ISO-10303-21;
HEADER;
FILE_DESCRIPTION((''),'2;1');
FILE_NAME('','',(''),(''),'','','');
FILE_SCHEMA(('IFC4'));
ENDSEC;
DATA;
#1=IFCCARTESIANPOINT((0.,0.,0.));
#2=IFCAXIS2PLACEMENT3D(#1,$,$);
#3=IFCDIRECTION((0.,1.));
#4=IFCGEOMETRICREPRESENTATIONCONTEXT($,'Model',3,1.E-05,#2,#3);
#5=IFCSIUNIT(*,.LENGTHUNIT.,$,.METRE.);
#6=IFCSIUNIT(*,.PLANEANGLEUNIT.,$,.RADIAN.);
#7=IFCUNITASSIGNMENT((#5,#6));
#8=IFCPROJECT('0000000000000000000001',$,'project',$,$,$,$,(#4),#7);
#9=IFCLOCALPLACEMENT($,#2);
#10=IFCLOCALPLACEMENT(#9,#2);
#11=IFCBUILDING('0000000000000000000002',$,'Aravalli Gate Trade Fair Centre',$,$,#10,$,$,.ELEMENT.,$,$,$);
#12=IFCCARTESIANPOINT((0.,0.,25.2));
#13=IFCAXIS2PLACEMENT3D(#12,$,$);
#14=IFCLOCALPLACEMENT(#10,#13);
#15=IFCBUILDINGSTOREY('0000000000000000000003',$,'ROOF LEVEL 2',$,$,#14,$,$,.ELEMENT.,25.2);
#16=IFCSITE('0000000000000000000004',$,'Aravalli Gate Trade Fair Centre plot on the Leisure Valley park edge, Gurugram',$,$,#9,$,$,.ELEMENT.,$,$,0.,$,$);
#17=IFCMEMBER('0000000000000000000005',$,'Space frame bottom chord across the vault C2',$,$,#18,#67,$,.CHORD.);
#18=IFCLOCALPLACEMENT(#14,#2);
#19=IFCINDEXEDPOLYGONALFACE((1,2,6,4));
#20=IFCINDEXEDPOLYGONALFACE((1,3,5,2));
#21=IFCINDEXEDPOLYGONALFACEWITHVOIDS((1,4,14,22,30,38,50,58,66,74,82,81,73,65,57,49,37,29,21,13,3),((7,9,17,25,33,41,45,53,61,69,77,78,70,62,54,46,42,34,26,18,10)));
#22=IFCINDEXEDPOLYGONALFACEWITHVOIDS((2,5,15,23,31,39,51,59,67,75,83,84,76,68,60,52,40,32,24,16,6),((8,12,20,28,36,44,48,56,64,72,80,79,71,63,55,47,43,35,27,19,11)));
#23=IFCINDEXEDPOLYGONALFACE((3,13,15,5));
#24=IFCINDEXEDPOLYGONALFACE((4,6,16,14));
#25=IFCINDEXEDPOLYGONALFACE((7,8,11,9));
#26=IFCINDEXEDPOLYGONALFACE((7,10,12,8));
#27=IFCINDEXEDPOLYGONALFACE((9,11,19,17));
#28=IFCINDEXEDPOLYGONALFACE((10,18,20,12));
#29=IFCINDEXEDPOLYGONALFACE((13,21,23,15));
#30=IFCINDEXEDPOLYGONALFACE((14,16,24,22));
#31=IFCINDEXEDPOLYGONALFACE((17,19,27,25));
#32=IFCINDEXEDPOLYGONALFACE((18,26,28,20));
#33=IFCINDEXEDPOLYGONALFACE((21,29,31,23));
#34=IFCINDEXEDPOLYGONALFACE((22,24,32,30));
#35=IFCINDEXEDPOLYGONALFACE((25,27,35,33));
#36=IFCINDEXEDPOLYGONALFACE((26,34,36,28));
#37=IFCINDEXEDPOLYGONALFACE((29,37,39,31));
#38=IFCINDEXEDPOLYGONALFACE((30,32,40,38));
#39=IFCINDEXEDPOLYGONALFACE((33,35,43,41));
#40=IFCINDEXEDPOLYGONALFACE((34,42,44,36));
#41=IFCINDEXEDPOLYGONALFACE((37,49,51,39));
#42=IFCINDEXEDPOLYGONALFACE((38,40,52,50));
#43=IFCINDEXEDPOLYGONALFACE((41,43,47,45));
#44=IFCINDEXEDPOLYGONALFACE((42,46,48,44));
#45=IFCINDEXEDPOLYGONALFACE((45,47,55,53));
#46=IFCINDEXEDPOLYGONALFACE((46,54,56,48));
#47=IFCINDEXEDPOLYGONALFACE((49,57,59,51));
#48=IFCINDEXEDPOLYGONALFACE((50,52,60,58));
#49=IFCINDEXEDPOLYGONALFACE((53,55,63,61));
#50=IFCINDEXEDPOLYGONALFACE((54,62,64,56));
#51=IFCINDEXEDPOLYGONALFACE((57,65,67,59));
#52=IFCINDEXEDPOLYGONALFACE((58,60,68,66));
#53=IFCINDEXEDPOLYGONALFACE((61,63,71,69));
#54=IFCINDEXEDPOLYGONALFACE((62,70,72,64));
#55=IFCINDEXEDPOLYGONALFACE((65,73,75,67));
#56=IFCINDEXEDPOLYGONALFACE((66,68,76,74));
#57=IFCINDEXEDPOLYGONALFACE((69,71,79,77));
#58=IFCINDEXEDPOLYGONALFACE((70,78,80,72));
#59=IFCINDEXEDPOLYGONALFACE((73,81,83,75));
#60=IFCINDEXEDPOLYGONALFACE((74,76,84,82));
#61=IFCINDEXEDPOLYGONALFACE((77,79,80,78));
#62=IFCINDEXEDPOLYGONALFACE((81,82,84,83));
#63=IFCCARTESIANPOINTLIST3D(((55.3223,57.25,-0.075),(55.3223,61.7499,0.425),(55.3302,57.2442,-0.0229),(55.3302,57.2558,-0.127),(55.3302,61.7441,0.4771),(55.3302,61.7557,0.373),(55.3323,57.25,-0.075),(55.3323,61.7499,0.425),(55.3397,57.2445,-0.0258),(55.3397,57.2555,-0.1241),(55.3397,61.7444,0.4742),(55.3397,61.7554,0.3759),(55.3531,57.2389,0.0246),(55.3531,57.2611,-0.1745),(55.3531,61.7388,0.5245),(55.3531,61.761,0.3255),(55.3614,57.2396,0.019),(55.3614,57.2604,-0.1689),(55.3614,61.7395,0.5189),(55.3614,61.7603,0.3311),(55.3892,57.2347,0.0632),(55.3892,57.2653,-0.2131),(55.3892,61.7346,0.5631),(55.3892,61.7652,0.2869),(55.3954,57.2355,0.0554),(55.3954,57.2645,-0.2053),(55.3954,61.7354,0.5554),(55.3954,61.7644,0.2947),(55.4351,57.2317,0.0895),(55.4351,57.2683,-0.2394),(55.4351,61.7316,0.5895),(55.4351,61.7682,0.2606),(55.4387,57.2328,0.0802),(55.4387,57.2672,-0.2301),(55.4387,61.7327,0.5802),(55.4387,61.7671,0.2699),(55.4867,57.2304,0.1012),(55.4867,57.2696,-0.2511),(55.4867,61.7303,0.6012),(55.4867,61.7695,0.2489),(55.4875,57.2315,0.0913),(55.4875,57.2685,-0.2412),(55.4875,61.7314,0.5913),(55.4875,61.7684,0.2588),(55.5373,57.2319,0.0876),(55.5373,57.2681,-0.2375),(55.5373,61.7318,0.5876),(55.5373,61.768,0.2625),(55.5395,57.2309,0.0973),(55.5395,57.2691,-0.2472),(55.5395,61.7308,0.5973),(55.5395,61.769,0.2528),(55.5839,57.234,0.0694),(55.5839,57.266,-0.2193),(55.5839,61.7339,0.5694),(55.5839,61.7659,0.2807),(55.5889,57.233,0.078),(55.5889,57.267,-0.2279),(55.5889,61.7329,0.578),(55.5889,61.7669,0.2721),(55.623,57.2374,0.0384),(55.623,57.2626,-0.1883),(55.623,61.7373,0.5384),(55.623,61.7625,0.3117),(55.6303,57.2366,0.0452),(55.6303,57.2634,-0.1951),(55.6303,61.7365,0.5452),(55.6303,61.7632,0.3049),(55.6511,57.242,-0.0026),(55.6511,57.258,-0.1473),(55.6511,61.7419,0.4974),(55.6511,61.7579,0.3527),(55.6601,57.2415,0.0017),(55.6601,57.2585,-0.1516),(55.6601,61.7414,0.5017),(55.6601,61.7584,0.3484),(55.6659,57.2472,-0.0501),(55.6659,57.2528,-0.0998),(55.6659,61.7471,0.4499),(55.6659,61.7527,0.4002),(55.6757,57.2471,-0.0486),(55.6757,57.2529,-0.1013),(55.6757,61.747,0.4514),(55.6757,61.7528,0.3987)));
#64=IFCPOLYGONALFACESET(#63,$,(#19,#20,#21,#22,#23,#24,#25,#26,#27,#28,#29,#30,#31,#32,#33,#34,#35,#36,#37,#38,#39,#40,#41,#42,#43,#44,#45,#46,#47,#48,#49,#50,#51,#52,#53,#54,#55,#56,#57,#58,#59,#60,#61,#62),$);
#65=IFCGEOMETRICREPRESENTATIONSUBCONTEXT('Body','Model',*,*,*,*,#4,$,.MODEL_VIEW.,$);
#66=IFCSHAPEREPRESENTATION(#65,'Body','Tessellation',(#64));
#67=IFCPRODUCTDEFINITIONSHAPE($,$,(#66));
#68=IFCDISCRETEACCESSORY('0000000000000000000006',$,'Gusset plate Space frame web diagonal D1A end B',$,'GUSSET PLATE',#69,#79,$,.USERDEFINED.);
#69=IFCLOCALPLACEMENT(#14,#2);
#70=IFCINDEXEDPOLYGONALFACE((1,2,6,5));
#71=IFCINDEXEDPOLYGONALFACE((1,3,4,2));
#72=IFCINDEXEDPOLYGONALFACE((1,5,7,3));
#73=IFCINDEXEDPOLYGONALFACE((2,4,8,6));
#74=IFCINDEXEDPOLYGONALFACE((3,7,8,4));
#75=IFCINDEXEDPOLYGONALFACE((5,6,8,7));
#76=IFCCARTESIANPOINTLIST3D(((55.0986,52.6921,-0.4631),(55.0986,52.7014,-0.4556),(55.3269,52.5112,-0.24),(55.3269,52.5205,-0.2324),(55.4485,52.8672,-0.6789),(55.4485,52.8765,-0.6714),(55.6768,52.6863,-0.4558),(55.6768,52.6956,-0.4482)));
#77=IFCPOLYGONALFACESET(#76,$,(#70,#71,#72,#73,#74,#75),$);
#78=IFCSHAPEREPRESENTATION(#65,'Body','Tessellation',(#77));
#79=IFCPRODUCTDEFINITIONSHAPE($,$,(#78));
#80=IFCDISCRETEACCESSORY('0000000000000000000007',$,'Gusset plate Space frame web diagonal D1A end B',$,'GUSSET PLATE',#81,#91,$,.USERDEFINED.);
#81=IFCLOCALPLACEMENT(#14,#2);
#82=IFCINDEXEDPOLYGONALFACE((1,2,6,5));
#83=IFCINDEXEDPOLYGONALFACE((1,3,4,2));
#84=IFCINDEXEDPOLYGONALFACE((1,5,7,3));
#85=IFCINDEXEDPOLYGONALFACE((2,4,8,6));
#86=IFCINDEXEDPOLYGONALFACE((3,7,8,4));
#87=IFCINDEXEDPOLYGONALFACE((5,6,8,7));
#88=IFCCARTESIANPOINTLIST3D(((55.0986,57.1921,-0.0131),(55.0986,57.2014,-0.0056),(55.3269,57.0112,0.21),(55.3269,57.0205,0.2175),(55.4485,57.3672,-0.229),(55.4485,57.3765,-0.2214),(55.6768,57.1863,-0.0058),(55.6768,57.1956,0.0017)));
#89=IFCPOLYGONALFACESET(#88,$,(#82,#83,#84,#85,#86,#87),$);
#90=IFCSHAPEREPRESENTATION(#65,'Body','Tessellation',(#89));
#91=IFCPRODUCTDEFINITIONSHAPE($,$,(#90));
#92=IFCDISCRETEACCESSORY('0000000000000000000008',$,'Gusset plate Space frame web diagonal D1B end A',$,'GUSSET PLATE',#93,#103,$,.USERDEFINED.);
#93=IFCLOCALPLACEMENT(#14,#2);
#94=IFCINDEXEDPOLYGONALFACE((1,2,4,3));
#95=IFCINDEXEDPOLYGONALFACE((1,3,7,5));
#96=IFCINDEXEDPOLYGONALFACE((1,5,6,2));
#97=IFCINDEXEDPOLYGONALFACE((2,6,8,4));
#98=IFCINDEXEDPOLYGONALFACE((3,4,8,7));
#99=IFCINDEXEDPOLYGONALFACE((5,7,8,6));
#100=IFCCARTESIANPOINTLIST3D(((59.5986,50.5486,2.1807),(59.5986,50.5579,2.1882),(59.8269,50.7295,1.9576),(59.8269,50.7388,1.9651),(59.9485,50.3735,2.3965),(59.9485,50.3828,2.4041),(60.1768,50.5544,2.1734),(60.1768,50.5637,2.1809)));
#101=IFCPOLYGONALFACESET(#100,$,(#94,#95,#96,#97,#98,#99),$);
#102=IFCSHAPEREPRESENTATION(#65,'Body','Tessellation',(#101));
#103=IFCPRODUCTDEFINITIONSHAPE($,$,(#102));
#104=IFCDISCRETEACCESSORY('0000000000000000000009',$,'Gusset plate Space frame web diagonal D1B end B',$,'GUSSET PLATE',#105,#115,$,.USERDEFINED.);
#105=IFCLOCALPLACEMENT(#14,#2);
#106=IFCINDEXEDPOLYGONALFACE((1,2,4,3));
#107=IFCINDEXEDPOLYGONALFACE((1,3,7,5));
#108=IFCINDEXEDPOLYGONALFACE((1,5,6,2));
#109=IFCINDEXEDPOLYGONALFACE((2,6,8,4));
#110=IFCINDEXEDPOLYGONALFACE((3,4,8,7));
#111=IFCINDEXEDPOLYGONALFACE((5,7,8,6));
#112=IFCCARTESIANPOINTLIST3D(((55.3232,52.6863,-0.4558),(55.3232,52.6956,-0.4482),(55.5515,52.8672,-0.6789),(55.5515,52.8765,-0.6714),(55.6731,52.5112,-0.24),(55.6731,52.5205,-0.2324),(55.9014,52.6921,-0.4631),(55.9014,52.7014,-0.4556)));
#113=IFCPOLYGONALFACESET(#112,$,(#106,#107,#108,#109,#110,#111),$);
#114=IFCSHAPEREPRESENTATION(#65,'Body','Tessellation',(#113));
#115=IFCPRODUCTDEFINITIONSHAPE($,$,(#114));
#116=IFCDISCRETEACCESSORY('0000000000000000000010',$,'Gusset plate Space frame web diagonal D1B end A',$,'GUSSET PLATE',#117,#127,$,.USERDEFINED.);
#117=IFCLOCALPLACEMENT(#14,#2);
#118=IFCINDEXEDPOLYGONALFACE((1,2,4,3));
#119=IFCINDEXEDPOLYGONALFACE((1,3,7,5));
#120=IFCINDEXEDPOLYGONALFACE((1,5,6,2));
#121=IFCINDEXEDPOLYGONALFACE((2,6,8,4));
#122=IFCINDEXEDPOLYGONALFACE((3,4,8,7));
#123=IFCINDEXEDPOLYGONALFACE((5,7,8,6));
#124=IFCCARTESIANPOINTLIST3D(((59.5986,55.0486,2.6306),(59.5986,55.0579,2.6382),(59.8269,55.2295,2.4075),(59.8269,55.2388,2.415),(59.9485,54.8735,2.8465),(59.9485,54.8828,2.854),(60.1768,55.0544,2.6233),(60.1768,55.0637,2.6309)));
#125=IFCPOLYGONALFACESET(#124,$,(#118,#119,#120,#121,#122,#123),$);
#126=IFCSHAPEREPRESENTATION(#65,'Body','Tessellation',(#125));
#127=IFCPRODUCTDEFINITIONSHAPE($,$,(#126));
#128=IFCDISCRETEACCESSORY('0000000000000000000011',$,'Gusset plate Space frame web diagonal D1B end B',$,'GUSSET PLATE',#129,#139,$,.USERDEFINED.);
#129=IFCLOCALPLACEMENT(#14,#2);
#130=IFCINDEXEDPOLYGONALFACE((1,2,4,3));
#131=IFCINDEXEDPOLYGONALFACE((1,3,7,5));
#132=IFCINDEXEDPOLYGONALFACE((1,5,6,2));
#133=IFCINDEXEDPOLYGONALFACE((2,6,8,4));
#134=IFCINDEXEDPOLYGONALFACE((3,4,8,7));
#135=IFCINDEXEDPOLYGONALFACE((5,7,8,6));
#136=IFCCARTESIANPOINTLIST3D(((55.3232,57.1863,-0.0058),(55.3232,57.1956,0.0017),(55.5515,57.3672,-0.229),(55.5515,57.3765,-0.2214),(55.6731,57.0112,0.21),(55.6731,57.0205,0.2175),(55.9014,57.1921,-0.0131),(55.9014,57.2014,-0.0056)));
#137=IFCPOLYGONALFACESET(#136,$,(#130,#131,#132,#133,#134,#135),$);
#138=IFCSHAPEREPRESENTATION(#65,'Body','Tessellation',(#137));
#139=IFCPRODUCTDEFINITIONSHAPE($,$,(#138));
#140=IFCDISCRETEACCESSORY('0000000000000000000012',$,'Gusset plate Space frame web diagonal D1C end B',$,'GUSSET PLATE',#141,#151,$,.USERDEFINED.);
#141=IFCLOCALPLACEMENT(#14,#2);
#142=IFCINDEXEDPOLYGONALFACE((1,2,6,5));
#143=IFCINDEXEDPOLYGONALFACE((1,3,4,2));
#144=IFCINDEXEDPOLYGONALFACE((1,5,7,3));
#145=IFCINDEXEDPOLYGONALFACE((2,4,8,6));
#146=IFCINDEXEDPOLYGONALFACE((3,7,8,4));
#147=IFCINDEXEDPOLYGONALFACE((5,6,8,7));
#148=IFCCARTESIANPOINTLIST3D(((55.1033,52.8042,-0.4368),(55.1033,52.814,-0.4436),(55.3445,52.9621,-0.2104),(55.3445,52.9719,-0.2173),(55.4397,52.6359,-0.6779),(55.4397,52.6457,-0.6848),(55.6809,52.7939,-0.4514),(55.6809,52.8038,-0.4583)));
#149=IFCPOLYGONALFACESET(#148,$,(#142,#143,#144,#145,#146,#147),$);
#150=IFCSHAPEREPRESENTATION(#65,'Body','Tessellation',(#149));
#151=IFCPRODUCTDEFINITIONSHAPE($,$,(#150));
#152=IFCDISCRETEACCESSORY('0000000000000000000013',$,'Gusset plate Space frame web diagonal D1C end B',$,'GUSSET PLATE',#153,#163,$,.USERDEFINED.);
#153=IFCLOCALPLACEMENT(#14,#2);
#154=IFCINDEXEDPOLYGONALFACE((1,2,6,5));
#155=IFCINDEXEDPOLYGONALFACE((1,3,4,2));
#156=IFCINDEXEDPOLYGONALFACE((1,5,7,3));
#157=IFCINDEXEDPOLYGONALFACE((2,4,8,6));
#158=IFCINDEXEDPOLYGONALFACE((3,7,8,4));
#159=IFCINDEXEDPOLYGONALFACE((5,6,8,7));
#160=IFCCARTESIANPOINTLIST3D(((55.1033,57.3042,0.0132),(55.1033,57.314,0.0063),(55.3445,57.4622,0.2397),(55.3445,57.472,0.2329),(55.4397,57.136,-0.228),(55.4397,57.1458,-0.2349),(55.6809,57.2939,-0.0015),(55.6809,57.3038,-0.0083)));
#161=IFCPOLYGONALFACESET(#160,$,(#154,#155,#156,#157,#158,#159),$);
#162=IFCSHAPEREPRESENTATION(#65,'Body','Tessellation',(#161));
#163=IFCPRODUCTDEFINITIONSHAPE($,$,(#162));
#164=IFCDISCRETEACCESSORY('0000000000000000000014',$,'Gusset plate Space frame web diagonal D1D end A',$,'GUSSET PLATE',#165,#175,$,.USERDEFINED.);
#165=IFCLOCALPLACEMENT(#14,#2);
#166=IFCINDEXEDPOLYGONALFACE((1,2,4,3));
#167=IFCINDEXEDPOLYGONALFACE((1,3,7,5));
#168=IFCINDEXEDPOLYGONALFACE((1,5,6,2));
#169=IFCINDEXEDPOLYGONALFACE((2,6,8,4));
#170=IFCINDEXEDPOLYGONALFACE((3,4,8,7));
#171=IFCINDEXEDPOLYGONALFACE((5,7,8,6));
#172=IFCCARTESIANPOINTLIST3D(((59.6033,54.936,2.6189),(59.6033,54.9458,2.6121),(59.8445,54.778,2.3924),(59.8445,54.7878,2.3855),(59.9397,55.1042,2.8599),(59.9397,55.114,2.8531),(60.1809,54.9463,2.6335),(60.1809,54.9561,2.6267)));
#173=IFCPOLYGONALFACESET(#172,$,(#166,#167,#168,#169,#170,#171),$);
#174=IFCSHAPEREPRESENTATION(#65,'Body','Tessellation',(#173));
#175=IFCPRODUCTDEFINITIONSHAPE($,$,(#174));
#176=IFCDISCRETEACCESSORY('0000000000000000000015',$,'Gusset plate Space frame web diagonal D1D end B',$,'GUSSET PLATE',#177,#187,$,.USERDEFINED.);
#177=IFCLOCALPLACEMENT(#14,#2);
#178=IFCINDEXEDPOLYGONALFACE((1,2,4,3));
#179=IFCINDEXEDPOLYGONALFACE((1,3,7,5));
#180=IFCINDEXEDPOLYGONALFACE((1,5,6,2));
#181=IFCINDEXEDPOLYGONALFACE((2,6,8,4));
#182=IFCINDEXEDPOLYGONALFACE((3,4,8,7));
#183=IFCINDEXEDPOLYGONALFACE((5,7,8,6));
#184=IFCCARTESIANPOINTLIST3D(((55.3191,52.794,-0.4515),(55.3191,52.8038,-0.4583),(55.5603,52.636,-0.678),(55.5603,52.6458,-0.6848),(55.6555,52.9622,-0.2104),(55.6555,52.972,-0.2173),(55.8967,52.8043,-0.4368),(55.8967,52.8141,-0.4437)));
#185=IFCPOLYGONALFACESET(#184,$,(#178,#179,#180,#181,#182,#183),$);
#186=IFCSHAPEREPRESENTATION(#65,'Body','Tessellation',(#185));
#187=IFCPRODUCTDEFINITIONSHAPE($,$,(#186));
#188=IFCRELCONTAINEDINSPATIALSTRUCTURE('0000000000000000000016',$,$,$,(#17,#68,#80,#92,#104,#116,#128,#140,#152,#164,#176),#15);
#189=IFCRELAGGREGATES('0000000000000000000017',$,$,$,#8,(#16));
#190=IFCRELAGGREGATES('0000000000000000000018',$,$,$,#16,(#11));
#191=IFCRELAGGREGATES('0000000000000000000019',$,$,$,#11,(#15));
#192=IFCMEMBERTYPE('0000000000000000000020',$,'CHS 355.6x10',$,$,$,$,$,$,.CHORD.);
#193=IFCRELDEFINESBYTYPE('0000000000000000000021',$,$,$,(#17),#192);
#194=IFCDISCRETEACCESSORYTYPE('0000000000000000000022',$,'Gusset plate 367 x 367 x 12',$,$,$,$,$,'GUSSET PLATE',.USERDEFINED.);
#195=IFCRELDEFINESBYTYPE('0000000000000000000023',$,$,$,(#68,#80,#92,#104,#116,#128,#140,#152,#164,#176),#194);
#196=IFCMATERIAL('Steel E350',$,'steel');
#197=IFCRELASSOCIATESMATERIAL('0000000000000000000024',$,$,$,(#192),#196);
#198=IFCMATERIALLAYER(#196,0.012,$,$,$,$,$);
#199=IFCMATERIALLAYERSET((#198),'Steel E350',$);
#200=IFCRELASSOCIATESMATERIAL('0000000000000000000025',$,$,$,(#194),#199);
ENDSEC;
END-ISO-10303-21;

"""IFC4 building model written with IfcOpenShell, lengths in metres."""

from ifc_helpers import new_model, si_unit, direction, frame, origin, origin_2d, place, context, subcontext, project, spatial, polyline, hollow_circle, outline, extrude, material, layer, layer_set, material_profile, profile_set, type_object, element, save


model = new_model("IFC4")

# Units and contexts
model_context = context("Model", 3, precision=1e-05, world=origin(), true_north=direction((0.0, 1.0)))
body_context = subcontext(model_context, "Body", "Model", "MODEL_VIEW")
ifc_project = project(units=[si_unit("LENGTHUNIT", "METRE"), si_unit("PLANEANGLEUNIT", "RADIAN")], contexts=[model_context])

# Site, building, storey
site_placement = place(None, origin())
site = spatial("IfcSite", under=ifc_project, at=site_placement, Name="Aravalli Gate Trade Fair Centre plot on the Leisure Valley park edge, Gurugram", CompositionType="ELEMENT", RefElevation=0.0)
building_placement = place(site_placement, origin())
building = spatial("IfcBuilding", under=site, at=building_placement, Name="Aravalli Gate Trade Fair Centre", CompositionType="ELEMENT")
storey_placement = place(building_placement, frame((0.0, 0.0, 25.2)))
storey = spatial("IfcBuildingStorey", under=building, at=storey_placement, Name="ROOF LEVEL 2", CompositionType="ELEMENT", Elevation=25.2)

# Member
ifc_material = material(Name="Steel E350", Category="steel")
ifc_material_profile_1 = material_profile(ifc_material, hollow_circle(Radius=0.1777, WallThickness=0.01, at=origin_2d()), Name="CHS 355.6x10")
ifc_profile_set_1 = profile_set([ifc_material_profile_1], Name="Steel E350")
member_type_1 = type_object("IfcMemberType", Name="CHS 355.6x10", PredefinedType="CHORD", material=ifc_profile_set_1)
member_1_placement = place(storey_placement, frame((55.5, 57.25, -0.075), z_axis=(0.0, 0.993884, 0.110432), x_axis=(-1.0, 0.0, 0.0)))
element("IfcMember", 1, at=member_1_placement, inside=storey, type_object=member_type_1, Name="Space frame bottom chord across the vault C2", PredefinedType="CHORD", context=body_context, shape_type="SweptSolid", body=[
    extrude(hollow_circle(Radius=0.1777, WallThickness=0.01, at=origin_2d()), origin(), (0.0, 0.0, 1.0), 4.5276),
])

# Discrete accessories
ifc_layer = layer(ifc_material, 0.012)
ifc_layer_set = layer_set([ifc_layer], Name="Steel E350")
discrete_accessory_type = type_object("IfcDiscreteAccessoryType", Name="Gusset plate 367 x 367 x 12", ElementType="GUSSET PLATE", PredefinedType="USERDEFINED", material=ifc_layer_set)
for number, where, z_axis, x_axis, name in (
    (2, (55.0986, 52.7014, -0.4556), (-0.000107, 0.776736, 0.629826), (0.783044, 0.391795, -0.48305), "Gusset plate Space frame web diagonal D1A end B"),
    (3, (55.0986, 57.2014, -0.0056), (-0.000107, 0.776736, 0.629826), (0.783044, 0.391795, -0.48305), "Gusset plate Space frame web diagonal D1A end B"),
):
    element("IfcDiscreteAccessory", number, at=place(storey_placement, frame(where, z_axis=z_axis, x_axis=x_axis)), inside=storey, type_object=discrete_accessory_type, Name=name, ObjectType="GUSSET PLATE", PredefinedType="USERDEFINED", context=body_context, shape_type="SweptSolid", body=[
        extrude(outline(polyline([(0.0, 0.0), (0.4468, 0.0), (0.4469, -0.3669), (0.0001, -0.3669), (0.0, 0.0)])), origin(), (0.0, 0.0, -1.0), 0.012),
    ])
discrete_accessory_1_placement = place(storey_placement, frame((59.5986, 50.5579, 2.1882), z_axis=(0.000107, 0.776736, 0.629826), x_axis=(0.783044, -0.391795, 0.48305)))
element("IfcDiscreteAccessory", 4, at=discrete_accessory_1_placement, inside=storey, type_object=discrete_accessory_type, Name="Gusset plate Space frame web diagonal D1B end A", ObjectType="GUSSET PLATE", PredefinedType="USERDEFINED", context=body_context, shape_type="SweptSolid", body=[
    extrude(outline(polyline([(0.0, 0.0), (0.4468, 0.0), (0.4469, 0.3669), (0.0001, 0.3669), (0.0, 0.0)])), origin(), (0.0, 0.0, -1.0), 0.012),
])
discrete_accessory_2_placement = place(storey_placement, frame((55.6731, 52.5205, -0.2324), z_axis=(0.000107, 0.776736, 0.629826), x_axis=(-0.783044, 0.391795, -0.48305)))
element("IfcDiscreteAccessory", 5, at=discrete_accessory_2_placement, inside=storey, type_object=discrete_accessory_type, Name="Gusset plate Space frame web diagonal D1B end B", ObjectType="GUSSET PLATE", PredefinedType="USERDEFINED", context=body_context, shape_type="SweptSolid", body=[
    extrude(outline(polyline([(0.0, 0.0), (0.4468, 0.0), (0.4467, -0.3669), (-0.0001, -0.3669), (0.0, 0.0)])), origin(), (0.0, 0.0, -1.0), 0.012),
])
discrete_accessory_3_placement = place(storey_placement, frame((59.5986, 55.0579, 2.6382), z_axis=(0.000107, 0.776736, 0.629826), x_axis=(0.783044, -0.391795, 0.48305)))
element("IfcDiscreteAccessory", 6, at=discrete_accessory_3_placement, inside=storey, type_object=discrete_accessory_type, Name="Gusset plate Space frame web diagonal D1B end A", ObjectType="GUSSET PLATE", PredefinedType="USERDEFINED", context=body_context, shape_type="SweptSolid", body=[
    extrude(outline(polyline([(0.0, 0.0), (0.4468, 0.0), (0.4469, 0.3669), (0.0001, 0.3669), (0.0, 0.0)])), origin(), (0.0, 0.0, -1.0), 0.012),
])
discrete_accessory_4_placement = place(storey_placement, frame((55.6731, 57.0205, 0.2175), z_axis=(0.000107, 0.776736, 0.629826), x_axis=(-0.783044, 0.391795, -0.48305)))
element("IfcDiscreteAccessory", 7, at=discrete_accessory_4_placement, inside=storey, type_object=discrete_accessory_type, Name="Gusset plate Space frame web diagonal D1B end B", ObjectType="GUSSET PLATE", PredefinedType="USERDEFINED", context=body_context, shape_type="SweptSolid", body=[
    extrude(outline(polyline([(0.0, 0.0), (0.4468, 0.0), (0.4467, -0.3669), (-0.0001, -0.3669), (0.0, 0.0)])), origin(), (0.0, 0.0, -1.0), 0.012),
])
discrete_accessory_5_placement = place(storey_placement, frame((55.1033, 52.8042, -0.4368), z_axis=(-0.000049, -0.820141, 0.572161), x_axis=(0.75291, -0.376583, -0.539733)))
element("IfcDiscreteAccessory", 8, at=discrete_accessory_5_placement, inside=storey, type_object=discrete_accessory_type, Name="Gusset plate Space frame web diagonal D1C end B", ObjectType="GUSSET PLATE", PredefinedType="USERDEFINED", context=body_context, shape_type="SweptSolid", body=[
    extrude(outline(polyline([(0.0, 0.0), (0.4468, 0.0), (0.4467, 0.3667), (0.0, 0.3665), (0.0, 0.0)])), origin(), (0.0, 0.0, -1.0), 0.012),
])
discrete_accessory_6_placement = place(storey_placement, frame((55.1033, 57.3042, 0.0132), z_axis=(-0.000057, -0.820282, 0.57196), x_axis=(0.75291, -0.376455, -0.539822)))
element("IfcDiscreteAccessory", 9, at=discrete_accessory_6_placement, inside=storey, type_object=discrete_accessory_type, Name="Gusset plate Space frame web diagonal D1C end B", ObjectType="GUSSET PLATE", PredefinedType="USERDEFINED", context=body_context, shape_type="SweptSolid", body=[
    extrude(outline(polyline([(0.0, 0.0), (0.4468, 0.0), (0.4467, 0.3667), (-0.0002, 0.3667), (0.0, 0.0)])), origin(), (0.0, 0.0, -1.0), 0.012),
])
discrete_accessory_7_placement = place(storey_placement, frame((59.6033, 54.936, 2.6189), z_axis=(0.000049, -0.820141, 0.572161), x_axis=(0.753132, 0.376438, 0.539524)))
element("IfcDiscreteAccessory", 10, at=discrete_accessory_7_placement, inside=storey, type_object=discrete_accessory_type, Name="Gusset plate Space frame web diagonal D1D end A", ObjectType="GUSSET PLATE", PredefinedType="USERDEFINED", context=body_context, shape_type="SweptSolid", body=[
    extrude(outline(polyline([(0.0, 0.0), (0.4467, 0.0), (0.4468, -0.3665), (0.0, -0.3667), (0.0, 0.0)])), origin(), (0.0, 0.0, -1.0), 0.012),
])
discrete_accessory_8_placement = place(storey_placement, frame((55.6555, 52.9622, -0.2104), z_axis=(0.000049, -0.820141, 0.572161), x_axis=(-0.753132, -0.376438, -0.539524)))
element("IfcDiscreteAccessory", 11, at=discrete_accessory_8_placement, inside=storey, type_object=discrete_accessory_type, Name="Gusset plate Space frame web diagonal D1D end B", ObjectType="GUSSET PLATE", PredefinedType="USERDEFINED", context=body_context, shape_type="SweptSolid", body=[
    extrude(outline(polyline([(0.0, 0.0), (0.4467, 0.0), (0.4467, 0.3667), (-0.0001, 0.3665), (0.0, 0.0)])), origin(), (0.0, 0.0, -1.0), 0.012),
])

save(model, "model.ifc")
